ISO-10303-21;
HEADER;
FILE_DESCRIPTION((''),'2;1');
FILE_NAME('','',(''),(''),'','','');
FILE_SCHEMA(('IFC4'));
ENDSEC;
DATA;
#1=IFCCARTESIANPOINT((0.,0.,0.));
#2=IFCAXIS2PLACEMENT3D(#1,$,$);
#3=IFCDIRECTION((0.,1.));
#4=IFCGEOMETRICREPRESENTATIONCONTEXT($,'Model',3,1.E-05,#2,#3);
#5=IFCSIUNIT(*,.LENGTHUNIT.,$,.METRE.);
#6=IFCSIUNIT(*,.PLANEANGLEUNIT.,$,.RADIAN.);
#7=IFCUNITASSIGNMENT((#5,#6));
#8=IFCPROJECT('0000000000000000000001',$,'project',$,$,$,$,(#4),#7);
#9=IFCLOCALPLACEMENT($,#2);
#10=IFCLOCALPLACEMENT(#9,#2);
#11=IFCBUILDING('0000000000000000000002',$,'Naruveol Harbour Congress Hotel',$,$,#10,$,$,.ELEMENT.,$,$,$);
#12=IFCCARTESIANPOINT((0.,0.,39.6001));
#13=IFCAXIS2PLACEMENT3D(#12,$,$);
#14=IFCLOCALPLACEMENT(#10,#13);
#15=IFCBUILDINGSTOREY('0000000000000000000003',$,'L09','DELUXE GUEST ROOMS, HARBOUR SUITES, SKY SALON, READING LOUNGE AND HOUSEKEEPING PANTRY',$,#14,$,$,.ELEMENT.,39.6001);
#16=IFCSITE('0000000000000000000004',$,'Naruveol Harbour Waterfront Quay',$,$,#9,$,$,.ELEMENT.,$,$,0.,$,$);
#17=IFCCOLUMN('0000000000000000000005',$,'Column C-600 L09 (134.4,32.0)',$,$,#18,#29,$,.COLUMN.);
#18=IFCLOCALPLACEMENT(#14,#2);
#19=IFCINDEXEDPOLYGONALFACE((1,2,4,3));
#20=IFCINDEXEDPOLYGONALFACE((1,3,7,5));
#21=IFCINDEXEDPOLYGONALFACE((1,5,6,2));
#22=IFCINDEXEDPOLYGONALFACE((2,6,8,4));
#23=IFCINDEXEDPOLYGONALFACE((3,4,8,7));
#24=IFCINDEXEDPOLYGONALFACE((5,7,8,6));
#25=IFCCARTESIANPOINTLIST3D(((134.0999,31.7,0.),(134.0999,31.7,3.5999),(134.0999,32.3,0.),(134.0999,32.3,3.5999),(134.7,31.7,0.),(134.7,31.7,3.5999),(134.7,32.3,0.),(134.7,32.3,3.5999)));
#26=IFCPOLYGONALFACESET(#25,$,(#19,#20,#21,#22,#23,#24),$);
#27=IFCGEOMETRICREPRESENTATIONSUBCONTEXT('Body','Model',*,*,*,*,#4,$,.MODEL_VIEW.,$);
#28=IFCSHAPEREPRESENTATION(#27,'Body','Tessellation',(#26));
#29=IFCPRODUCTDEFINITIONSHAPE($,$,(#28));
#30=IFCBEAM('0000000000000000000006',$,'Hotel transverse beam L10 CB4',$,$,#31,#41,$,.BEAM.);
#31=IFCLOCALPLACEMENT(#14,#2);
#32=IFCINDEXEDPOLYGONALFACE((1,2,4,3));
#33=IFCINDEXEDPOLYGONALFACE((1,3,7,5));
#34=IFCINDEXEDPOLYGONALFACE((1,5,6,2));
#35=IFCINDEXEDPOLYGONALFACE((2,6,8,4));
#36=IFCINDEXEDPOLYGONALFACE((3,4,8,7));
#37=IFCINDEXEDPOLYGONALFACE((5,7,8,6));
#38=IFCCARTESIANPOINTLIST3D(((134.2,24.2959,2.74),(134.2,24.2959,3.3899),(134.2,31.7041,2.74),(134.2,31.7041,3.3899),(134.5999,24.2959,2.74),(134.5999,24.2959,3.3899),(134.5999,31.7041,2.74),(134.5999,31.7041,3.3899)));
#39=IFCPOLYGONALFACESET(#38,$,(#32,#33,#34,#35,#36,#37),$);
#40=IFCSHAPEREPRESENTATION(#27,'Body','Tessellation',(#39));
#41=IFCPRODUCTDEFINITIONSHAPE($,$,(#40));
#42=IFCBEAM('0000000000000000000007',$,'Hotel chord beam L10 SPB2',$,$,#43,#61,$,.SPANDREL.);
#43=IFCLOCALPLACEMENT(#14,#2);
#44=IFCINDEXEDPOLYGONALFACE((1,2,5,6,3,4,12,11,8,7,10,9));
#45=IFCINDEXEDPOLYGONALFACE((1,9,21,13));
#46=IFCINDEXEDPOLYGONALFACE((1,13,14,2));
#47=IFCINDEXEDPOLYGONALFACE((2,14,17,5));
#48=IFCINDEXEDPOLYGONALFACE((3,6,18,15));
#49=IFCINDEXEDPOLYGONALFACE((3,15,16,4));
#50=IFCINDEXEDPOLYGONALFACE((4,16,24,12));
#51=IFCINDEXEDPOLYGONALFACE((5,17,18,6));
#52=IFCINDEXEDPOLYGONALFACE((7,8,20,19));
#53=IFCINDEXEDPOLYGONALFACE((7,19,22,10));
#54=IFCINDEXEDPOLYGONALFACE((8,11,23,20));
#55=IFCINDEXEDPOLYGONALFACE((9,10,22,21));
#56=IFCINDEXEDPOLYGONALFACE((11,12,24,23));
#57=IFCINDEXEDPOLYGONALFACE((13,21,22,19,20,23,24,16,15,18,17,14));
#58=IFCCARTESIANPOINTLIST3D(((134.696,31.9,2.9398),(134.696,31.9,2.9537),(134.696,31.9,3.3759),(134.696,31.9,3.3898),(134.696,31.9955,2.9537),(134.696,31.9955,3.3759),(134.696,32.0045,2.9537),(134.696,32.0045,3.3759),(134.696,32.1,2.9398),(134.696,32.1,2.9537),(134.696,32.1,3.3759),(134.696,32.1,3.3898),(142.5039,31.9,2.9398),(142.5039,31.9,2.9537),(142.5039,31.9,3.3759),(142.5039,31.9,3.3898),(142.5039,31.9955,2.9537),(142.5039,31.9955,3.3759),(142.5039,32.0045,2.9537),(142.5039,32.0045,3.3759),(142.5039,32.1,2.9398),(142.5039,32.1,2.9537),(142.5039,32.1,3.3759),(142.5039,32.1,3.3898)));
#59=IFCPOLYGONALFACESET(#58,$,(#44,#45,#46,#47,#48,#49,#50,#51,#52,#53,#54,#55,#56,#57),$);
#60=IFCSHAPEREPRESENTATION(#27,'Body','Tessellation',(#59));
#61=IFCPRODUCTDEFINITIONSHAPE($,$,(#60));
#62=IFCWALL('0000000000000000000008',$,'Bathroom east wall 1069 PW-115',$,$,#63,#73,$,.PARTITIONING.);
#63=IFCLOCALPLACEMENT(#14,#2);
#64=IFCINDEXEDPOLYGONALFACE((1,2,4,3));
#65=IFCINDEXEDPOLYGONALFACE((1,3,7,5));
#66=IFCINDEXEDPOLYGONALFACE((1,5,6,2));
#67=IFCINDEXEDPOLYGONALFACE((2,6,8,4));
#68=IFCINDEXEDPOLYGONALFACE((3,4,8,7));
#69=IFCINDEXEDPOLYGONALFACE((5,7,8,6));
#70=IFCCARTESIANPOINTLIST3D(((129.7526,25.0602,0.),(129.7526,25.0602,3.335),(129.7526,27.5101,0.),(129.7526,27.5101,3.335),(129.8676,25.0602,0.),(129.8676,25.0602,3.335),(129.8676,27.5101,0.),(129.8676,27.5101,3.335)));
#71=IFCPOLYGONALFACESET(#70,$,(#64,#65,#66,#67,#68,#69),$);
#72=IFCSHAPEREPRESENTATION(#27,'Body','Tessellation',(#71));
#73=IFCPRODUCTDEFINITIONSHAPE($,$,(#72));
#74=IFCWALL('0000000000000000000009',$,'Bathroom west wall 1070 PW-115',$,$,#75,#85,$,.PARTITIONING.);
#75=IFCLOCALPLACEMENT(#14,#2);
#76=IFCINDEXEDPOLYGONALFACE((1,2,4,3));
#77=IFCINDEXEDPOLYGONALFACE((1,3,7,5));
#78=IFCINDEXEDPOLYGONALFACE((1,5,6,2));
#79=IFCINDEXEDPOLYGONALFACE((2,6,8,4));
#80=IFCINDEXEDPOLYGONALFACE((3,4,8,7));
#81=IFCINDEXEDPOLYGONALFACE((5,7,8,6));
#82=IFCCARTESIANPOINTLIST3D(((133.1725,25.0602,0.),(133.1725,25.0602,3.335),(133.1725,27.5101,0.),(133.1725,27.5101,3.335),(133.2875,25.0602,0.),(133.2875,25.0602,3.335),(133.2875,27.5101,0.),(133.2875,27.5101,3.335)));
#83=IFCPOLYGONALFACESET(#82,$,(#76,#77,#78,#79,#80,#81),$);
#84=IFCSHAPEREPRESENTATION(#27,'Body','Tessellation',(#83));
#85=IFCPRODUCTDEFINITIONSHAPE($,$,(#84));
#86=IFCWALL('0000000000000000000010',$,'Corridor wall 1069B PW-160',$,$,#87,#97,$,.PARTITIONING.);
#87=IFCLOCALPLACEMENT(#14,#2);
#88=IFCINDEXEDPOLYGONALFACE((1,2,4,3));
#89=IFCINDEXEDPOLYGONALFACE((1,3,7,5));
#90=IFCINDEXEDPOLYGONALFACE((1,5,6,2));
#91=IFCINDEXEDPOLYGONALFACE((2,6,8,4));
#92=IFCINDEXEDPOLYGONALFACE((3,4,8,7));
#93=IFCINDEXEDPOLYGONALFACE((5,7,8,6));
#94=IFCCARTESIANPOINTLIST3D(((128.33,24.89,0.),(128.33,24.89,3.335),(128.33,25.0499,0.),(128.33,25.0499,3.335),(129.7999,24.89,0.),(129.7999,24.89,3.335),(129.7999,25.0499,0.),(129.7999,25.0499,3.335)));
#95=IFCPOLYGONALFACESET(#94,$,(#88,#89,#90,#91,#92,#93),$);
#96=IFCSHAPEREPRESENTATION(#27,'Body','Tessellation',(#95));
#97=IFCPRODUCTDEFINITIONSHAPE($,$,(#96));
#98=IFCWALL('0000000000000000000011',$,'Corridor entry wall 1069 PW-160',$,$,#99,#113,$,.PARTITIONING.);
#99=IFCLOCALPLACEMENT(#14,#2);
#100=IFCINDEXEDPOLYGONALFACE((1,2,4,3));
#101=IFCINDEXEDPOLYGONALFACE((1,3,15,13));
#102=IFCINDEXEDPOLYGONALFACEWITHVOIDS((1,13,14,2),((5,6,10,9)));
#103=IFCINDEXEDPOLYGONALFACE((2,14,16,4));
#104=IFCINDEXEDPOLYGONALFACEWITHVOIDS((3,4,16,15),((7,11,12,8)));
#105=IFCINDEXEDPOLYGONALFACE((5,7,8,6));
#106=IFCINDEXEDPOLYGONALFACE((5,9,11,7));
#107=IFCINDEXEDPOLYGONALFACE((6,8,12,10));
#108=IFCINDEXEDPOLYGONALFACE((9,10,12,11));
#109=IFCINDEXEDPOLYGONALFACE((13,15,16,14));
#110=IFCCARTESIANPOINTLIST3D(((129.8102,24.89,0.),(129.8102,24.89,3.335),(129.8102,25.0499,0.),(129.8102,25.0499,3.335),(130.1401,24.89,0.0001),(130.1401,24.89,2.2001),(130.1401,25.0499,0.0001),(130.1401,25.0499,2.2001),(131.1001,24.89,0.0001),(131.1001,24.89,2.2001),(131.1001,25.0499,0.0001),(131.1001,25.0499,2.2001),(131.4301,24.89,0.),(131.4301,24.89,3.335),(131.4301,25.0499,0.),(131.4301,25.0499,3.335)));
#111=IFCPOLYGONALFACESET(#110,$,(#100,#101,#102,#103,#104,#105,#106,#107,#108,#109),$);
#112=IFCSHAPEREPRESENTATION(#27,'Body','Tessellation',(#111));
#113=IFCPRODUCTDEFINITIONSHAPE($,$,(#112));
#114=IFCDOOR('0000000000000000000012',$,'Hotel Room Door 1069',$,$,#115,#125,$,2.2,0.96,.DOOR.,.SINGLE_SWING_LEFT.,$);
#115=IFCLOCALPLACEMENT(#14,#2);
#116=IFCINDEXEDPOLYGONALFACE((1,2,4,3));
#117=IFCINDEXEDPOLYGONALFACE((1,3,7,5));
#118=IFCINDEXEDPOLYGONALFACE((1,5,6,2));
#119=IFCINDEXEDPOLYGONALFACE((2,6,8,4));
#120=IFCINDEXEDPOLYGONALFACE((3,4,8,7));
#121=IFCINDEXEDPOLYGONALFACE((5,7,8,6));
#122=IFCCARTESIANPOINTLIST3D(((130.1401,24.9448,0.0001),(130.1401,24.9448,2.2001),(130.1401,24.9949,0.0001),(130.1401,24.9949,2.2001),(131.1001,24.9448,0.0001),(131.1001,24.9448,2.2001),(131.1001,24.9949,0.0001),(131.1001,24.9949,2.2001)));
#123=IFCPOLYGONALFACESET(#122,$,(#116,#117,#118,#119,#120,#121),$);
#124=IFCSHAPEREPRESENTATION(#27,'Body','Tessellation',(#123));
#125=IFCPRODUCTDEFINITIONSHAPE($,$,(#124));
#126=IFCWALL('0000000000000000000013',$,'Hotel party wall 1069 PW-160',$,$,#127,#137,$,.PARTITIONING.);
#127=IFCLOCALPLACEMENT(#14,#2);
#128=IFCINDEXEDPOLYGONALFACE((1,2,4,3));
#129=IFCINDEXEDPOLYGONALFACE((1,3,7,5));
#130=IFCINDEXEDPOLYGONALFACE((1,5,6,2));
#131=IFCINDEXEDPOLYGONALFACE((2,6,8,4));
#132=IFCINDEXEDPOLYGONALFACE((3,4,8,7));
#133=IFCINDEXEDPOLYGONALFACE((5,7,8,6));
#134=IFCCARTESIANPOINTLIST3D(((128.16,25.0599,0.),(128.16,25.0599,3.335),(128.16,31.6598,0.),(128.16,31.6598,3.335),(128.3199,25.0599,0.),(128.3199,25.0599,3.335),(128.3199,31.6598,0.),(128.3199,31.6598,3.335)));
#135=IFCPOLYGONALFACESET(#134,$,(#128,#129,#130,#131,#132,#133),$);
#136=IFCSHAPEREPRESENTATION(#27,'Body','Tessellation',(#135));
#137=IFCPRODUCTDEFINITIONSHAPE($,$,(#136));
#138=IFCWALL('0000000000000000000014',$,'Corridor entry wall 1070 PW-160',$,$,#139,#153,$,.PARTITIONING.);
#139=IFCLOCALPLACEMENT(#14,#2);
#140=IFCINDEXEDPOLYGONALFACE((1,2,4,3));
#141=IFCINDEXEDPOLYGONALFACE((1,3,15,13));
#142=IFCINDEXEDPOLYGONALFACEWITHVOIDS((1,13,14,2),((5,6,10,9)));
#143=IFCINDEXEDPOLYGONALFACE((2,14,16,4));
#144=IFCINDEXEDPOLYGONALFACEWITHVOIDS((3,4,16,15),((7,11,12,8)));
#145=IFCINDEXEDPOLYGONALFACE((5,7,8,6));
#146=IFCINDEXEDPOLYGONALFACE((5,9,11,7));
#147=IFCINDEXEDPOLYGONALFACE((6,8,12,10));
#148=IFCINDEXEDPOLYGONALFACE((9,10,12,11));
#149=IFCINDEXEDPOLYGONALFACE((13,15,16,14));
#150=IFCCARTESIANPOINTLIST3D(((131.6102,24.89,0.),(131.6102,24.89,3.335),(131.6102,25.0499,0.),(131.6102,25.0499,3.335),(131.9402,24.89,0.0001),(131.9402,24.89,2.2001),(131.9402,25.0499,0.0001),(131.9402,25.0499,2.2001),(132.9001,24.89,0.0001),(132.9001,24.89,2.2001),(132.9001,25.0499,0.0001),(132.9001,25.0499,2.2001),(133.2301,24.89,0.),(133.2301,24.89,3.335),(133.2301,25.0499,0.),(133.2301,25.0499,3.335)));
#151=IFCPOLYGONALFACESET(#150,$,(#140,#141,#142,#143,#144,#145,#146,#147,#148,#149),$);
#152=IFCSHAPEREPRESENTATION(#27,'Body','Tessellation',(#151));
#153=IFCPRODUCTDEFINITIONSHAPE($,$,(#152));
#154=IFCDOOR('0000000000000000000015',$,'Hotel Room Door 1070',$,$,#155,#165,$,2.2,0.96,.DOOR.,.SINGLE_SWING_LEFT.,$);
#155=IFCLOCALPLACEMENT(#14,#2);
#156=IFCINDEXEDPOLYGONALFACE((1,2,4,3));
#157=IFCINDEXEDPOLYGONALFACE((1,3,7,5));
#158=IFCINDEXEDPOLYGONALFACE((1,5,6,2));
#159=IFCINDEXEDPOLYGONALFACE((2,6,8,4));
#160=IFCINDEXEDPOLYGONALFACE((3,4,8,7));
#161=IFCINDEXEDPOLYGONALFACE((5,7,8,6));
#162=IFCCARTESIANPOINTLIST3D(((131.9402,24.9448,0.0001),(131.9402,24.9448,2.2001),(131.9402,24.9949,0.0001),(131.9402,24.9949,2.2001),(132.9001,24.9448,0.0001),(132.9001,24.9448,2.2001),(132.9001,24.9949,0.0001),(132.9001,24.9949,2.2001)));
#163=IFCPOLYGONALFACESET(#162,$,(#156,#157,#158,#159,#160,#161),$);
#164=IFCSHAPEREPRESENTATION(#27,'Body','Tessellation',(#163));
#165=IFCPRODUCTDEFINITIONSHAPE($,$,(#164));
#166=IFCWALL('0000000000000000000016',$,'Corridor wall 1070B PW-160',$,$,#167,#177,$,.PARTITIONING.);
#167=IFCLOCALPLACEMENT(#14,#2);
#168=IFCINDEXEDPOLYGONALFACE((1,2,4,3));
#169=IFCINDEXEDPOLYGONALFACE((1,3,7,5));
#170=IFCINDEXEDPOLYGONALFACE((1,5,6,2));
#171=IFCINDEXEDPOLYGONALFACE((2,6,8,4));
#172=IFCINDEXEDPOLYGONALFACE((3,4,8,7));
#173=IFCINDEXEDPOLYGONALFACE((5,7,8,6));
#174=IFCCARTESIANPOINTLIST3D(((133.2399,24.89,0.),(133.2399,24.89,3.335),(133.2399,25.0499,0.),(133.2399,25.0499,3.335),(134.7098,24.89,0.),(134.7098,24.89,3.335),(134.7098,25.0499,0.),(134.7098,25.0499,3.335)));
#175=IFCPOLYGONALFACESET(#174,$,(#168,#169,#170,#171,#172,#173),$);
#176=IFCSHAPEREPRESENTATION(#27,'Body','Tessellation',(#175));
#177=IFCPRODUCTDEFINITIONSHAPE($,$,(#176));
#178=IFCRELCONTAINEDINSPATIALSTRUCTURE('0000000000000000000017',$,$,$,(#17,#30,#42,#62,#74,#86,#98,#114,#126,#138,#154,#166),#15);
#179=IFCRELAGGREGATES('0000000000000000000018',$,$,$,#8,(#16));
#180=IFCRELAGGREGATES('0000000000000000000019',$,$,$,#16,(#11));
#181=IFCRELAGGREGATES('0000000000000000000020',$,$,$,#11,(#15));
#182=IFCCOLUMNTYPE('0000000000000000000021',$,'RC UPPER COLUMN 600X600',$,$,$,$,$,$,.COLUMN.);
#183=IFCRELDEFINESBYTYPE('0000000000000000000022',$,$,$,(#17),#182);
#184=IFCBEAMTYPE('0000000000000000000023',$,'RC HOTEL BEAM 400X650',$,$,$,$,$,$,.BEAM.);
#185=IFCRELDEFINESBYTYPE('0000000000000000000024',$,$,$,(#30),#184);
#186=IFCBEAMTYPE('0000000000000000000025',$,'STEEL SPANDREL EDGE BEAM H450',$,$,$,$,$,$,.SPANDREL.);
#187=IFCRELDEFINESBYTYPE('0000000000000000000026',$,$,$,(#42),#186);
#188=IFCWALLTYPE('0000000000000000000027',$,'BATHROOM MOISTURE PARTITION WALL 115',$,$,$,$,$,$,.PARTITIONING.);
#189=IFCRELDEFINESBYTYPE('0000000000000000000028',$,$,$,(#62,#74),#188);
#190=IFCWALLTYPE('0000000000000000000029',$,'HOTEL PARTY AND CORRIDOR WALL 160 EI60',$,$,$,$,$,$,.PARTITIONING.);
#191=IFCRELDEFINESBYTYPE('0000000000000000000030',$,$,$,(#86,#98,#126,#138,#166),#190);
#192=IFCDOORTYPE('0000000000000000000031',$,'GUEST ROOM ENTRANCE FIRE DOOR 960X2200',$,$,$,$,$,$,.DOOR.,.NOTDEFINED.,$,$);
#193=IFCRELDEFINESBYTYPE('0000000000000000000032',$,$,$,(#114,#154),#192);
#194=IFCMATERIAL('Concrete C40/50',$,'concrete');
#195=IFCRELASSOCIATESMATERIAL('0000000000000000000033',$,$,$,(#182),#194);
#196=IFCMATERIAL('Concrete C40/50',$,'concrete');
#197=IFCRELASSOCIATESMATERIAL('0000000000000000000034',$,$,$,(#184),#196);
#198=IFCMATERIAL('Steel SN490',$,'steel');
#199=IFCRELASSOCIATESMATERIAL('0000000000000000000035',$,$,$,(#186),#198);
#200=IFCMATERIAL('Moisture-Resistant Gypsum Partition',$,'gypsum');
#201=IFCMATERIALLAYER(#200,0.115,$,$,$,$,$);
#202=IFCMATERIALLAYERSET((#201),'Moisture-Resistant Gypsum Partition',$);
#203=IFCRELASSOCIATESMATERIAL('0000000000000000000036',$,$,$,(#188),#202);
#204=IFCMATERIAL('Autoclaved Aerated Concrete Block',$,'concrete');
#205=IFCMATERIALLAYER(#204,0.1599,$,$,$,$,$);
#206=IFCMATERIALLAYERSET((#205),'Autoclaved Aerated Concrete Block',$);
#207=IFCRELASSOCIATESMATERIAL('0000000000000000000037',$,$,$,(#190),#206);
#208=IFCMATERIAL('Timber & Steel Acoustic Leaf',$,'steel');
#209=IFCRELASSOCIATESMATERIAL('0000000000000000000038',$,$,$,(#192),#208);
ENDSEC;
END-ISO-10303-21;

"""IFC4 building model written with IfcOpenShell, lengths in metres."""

from ifc_helpers import new_model, si_unit, direction, frame, frame_2d, origin, origin_2d, place, context, subcontext, project, spatial, rectangle, i_section, extrude, material, layer, layer_set, material_profile, profile_set, type_object, element, fill, save


model = new_model("IFC4")

# Units and contexts
model_context = context("Model", 3, precision=1e-05, world=origin(), true_north=direction((0.0, 1.0)))
body_context = subcontext(model_context, "Body", "Model", "MODEL_VIEW")
ifc_project = project(units=[si_unit("LENGTHUNIT", "METRE"), si_unit("PLANEANGLEUNIT", "RADIAN")], contexts=[model_context])

# Site, building, storey
site_placement = place(None, origin())
site = spatial("IfcSite", under=ifc_project, at=site_placement, Name="Naruveol Harbour Waterfront Quay", CompositionType="ELEMENT", RefElevation=0.0)
building_placement = place(site_placement, origin())
building = spatial("IfcBuilding", under=site, at=building_placement, Name="Naruveol Harbour Congress Hotel", CompositionType="ELEMENT")
storey_placement = place(building_placement, frame((0.0, 0.0, 39.6001)))
storey = spatial("IfcBuildingStorey", under=building, at=storey_placement, Name="L09", Description="DELUXE GUEST ROOMS, HARBOUR SUITES, SKY SALON, READING LOUNGE AND HOUSEKEEPING PANTRY", CompositionType="ELEMENT", Elevation=39.6001)

# Column
ifc_material_1 = material(Name="Concrete C40/50", Category="concrete")
ifc_material_profile_1 = material_profile(ifc_material_1, rectangle(XDim=0.6001, YDim=0.6001, at=origin_2d()), Name="RC-600x600")
ifc_profile_set_1 = profile_set([ifc_material_profile_1], Name="Concrete C40/50")
column_type = type_object("IfcColumnType", Name="RC UPPER COLUMN 600X600", PredefinedType="COLUMN", material=ifc_profile_set_1)
column_placement = place(storey_placement, frame((134.3999, 32.0, 0.0), z_axis=(0.0, 0.0, 1.0), x_axis=(1.0, 0.0, 0.0)))
element("IfcColumn", 1, at=column_placement, inside=storey, type_object=column_type, Name="Column C-600 L09 (134.4,32.0)", PredefinedType="COLUMN", context=body_context, shape_type="SweptSolid", body=[
    extrude(rectangle(XDim=0.6001, YDim=0.6001, at=origin_2d()), origin(), (0.0, 0.0, 1.0), 3.5999),
])

# Beams
ifc_material_2 = material(Name="Concrete C40/50", Category="concrete")
ifc_material_profile_2 = material_profile(ifc_material_2, rectangle(XDim=0.3999, YDim=0.6499, at=origin_2d()), Name="RCB-400x650")
ifc_profile_set_2 = profile_set([ifc_material_profile_2], Name="Concrete C40/50")
beam_type_1 = type_object("IfcBeamType", Name="RC HOTEL BEAM 400X650", PredefinedType="BEAM", material=ifc_profile_set_2)
beam_1_placement = place(storey_placement, frame((134.3999, 24.2959, 3.0649), z_axis=(0.0, 1.0, 0.0), x_axis=(-1.0, 0.0, 0.0)))
element("IfcBeam", 2, at=beam_1_placement, inside=storey, type_object=beam_type_1, Name="Hotel transverse beam L10 CB4", PredefinedType="BEAM", context=body_context, shape_type="SweptSolid", body=[
    extrude(rectangle(XDim=0.3999, YDim=0.6499, at=origin_2d()), origin(), (0.0, 0.0, 1.0), 7.4082),
])
ifc_material_3 = material(Name="Steel SN490", Category="steel")
ifc_material_profile_3 = material_profile(ifc_material_3, i_section(OverallWidth=0.2, OverallDepth=0.45, WebThickness=0.009, FlangeThickness=0.0139, at=origin_2d()), Name="H-450x200x9x14")
ifc_profile_set_3 = profile_set([ifc_material_profile_3], Name="Steel SN490")
beam_type_2 = type_object("IfcBeamType", Name="STEEL SPANDREL EDGE BEAM H450", PredefinedType="SPANDREL", material=ifc_profile_set_3)
beam_2_placement = place(storey_placement, frame((134.696, 32.0, 3.1648), z_axis=(1.0, 0.0, 0.0), x_axis=(0.0, 1.0, 0.0)))
element("IfcBeam", 3, at=beam_2_placement, inside=storey, type_object=beam_type_2, Name="Hotel chord beam L10 SPB2", PredefinedType="SPANDREL", context=body_context, shape_type="SweptSolid", body=[
    extrude(i_section(OverallWidth=0.2, OverallDepth=0.45, WebThickness=0.009, FlangeThickness=0.0139, at=origin_2d()), origin(), (0.0, 0.0, 1.0), 7.8079),
])

# Wall
ifc_material_4 = material(Name="Moisture-Resistant Gypsum Partition", Category="gypsum")
ifc_layer_1 = layer(ifc_material_4, 0.115)
ifc_layer_set_1 = layer_set([ifc_layer_1], Name="Moisture-Resistant Gypsum Partition")
wall_type_1 = type_object("IfcWallType", Name="BATHROOM MOISTURE PARTITION WALL 115", PredefinedType="PARTITIONING", material=ifc_layer_set_1)
wall_1_placement = place(storey_placement, frame((129.8101, 25.0601, 0.0), z_axis=(0.0, 0.0, 1.0), x_axis=(0.0, 1.0, 0.0)))
element("IfcWall", 4, at=wall_1_placement, inside=storey, type_object=wall_type_1, Name="Bathroom east wall 1069 PW-115", PredefinedType="PARTITIONING", context=body_context, shape_type="SweptSolid", body=[
    extrude(rectangle(XDim=2.45, YDim=0.115, at=frame_2d((1.2251, 0.0))), origin(), (0.0, 0.0, 1.0), 3.335),
])

# Wall
wall_2_placement = place(storey_placement, frame((133.23, 25.0601, 0.0), z_axis=(0.0, 0.0, 1.0), x_axis=(0.0, 1.0, 0.0)))
element("IfcWall", 5, at=wall_2_placement, inside=storey, type_object=wall_type_1, Name="Bathroom west wall 1070 PW-115", PredefinedType="PARTITIONING", context=body_context, shape_type="SweptSolid", body=[
    extrude(rectangle(XDim=2.45, YDim=0.115, at=frame_2d((1.2251, 0.0))), origin(), (0.0, 0.0, 1.0), 3.335),
])

# Wall
ifc_material_5 = material(Name="Autoclaved Aerated Concrete Block", Category="concrete")
ifc_layer_2 = layer(ifc_material_5, 0.1599)
ifc_layer_set_2 = layer_set([ifc_layer_2], Name="Autoclaved Aerated Concrete Block")
wall_type_2 = type_object("IfcWallType", Name="HOTEL PARTY AND CORRIDOR WALL 160 EI60", PredefinedType="PARTITIONING", material=ifc_layer_set_2)
wall_3_placement = place(storey_placement, frame((128.3301, 24.97, 0.0), z_axis=(0.0, 0.0, 1.0), x_axis=(1.0, 0.0, 0.0)))
element("IfcWall", 6, at=wall_3_placement, inside=storey, type_object=wall_type_2, Name="Corridor wall 1069B PW-160", PredefinedType="PARTITIONING", context=body_context, shape_type="SweptSolid", body=[
    extrude(rectangle(XDim=1.47, YDim=0.1599, at=frame_2d((0.7349, 0.0))), origin(), (0.0, 0.0, 1.0), 3.335),
])

# Wall, opening, door
wall_4_placement = place(storey_placement, frame((129.8101, 24.97, 0.0), z_axis=(0.0, 0.0, 1.0), x_axis=(1.0, 0.0, 0.0)))
wall_4 = element("IfcWall", 7, at=wall_4_placement, inside=storey, type_object=wall_type_2, Name="Corridor entry wall 1069 PW-160", PredefinedType="PARTITIONING", context=body_context, shape_type="SweptSolid", body=[
    extrude(rectangle(XDim=1.6199, YDim=0.1599, at=frame_2d((0.8101, 0.0))), origin(), (0.0, 0.0, 1.0), 3.335),
])
opening_1_placement = place(wall_4_placement, frame((0.3301, 0.0, 0.0)))
opening_1 = element("IfcOpeningElement", 8, at=opening_1_placement, cuts=wall_4, PredefinedType="OPENING", context=body_context, shape_type="SweptSolid", body=[
    extrude(rectangle(XDim=0.96, YDim=2.2, at=frame_2d((0.48, 1.1001))), frame((0.0, 0.0898, 0.0), z_axis=(0.0, -1.0, 0.0), x_axis=(1.0, 0.0, 0.0)), (0.0, 0.0, 1.0), 0.1799),
])
ifc_material_6 = material(Name="Timber & Steel Acoustic Leaf", Category="steel")
door_type_1 = type_object("IfcDoorType", Name="GUEST ROOM ENTRANCE FIRE DOOR 960X2200", OperationType="NOTDEFINED", PredefinedType="DOOR", material=ifc_material_6)
door_1_placement = place(opening_1_placement, origin())
door_1 = element("IfcDoor", 9, at=door_1_placement, inside=storey, type_object=door_type_1, Name="Hotel Room Door 1069", OperationType="SINGLE_SWING_LEFT", OverallHeight=2.2, OverallWidth=0.96, PredefinedType="DOOR", context=body_context, shape_type="SweptSolid", body=[
    extrude(rectangle(XDim=0.96, YDim=2.2, at=frame_2d((0.48, 1.1001))), frame((0.0, 0.0249, 0.0), z_axis=(0.0, -1.0, 0.0), x_axis=(1.0, 0.0, 0.0)), (0.0, 0.0, 1.0), 0.05),
])
fill(opening_1, door_1)

# Wall
wall_5_placement = place(storey_placement, frame((128.24, 25.0601, 0.0), z_axis=(0.0, 0.0, 1.0), x_axis=(0.0, 1.0, 0.0)))
element("IfcWall", 10, at=wall_5_placement, inside=storey, type_object=wall_type_2, Name="Hotel party wall 1069 PW-160", PredefinedType="PARTITIONING", context=body_context, shape_type="SweptSolid", body=[
    extrude(rectangle(XDim=6.5999, YDim=0.1599, at=frame_2d((3.2998, 0.0))), origin(), (0.0, 0.0, 1.0), 3.335),
])

# Wall, opening, door
wall_6_placement = place(storey_placement, frame((131.6101, 24.97, 0.0), z_axis=(0.0, 0.0, 1.0), x_axis=(1.0, 0.0, 0.0)))
wall_6 = element("IfcWall", 11, at=wall_6_placement, inside=storey, type_object=wall_type_2, Name="Corridor entry wall 1070 PW-160", PredefinedType="PARTITIONING", context=body_context, shape_type="SweptSolid", body=[
    extrude(rectangle(XDim=1.6199, YDim=0.1599, at=frame_2d((0.8101, 0.0))), origin(), (0.0, 0.0, 1.0), 3.335),
])
opening_2_placement = place(wall_6_placement, frame((0.3301, 0.0, 0.0)))
opening_2 = element("IfcOpeningElement", 12, at=opening_2_placement, cuts=wall_6, PredefinedType="OPENING", context=body_context, shape_type="SweptSolid", body=[
    extrude(rectangle(XDim=0.96, YDim=2.2, at=frame_2d((0.48, 1.1001))), frame((0.0, 0.0898, 0.0), z_axis=(0.0, -1.0, 0.0), x_axis=(1.0, 0.0, 0.0)), (0.0, 0.0, 1.0), 0.1799),
])
door_2_placement = place(opening_2_placement, origin())
door_2 = element("IfcDoor", 13, at=door_2_placement, inside=storey, type_object=door_type_1, Name="Hotel Room Door 1070", OperationType="SINGLE_SWING_LEFT", OverallHeight=2.2, OverallWidth=0.96, PredefinedType="DOOR", context=body_context, shape_type="SweptSolid", body=[
    extrude(rectangle(XDim=0.96, YDim=2.2, at=frame_2d((0.48, 1.1001))), frame((0.0, 0.0249, 0.0), z_axis=(0.0, -1.0, 0.0), x_axis=(1.0, 0.0, 0.0)), (0.0, 0.0, 1.0), 0.05),
])
fill(opening_2, door_2)

# Wall
wall_7_placement = place(storey_placement, frame((133.24, 24.97, 0.0), z_axis=(0.0, 0.0, 1.0), x_axis=(1.0, 0.0, 0.0)))
element("IfcWall", 14, at=wall_7_placement, inside=storey, type_object=wall_type_2, Name="Corridor wall 1070B PW-160", PredefinedType="PARTITIONING", context=body_context, shape_type="SweptSolid", body=[
    extrude(rectangle(XDim=1.47, YDim=0.1599, at=frame_2d((0.7349, 0.0))), origin(), (0.0, 0.0, 1.0), 3.335),
])

save(model, "model.ifc")
